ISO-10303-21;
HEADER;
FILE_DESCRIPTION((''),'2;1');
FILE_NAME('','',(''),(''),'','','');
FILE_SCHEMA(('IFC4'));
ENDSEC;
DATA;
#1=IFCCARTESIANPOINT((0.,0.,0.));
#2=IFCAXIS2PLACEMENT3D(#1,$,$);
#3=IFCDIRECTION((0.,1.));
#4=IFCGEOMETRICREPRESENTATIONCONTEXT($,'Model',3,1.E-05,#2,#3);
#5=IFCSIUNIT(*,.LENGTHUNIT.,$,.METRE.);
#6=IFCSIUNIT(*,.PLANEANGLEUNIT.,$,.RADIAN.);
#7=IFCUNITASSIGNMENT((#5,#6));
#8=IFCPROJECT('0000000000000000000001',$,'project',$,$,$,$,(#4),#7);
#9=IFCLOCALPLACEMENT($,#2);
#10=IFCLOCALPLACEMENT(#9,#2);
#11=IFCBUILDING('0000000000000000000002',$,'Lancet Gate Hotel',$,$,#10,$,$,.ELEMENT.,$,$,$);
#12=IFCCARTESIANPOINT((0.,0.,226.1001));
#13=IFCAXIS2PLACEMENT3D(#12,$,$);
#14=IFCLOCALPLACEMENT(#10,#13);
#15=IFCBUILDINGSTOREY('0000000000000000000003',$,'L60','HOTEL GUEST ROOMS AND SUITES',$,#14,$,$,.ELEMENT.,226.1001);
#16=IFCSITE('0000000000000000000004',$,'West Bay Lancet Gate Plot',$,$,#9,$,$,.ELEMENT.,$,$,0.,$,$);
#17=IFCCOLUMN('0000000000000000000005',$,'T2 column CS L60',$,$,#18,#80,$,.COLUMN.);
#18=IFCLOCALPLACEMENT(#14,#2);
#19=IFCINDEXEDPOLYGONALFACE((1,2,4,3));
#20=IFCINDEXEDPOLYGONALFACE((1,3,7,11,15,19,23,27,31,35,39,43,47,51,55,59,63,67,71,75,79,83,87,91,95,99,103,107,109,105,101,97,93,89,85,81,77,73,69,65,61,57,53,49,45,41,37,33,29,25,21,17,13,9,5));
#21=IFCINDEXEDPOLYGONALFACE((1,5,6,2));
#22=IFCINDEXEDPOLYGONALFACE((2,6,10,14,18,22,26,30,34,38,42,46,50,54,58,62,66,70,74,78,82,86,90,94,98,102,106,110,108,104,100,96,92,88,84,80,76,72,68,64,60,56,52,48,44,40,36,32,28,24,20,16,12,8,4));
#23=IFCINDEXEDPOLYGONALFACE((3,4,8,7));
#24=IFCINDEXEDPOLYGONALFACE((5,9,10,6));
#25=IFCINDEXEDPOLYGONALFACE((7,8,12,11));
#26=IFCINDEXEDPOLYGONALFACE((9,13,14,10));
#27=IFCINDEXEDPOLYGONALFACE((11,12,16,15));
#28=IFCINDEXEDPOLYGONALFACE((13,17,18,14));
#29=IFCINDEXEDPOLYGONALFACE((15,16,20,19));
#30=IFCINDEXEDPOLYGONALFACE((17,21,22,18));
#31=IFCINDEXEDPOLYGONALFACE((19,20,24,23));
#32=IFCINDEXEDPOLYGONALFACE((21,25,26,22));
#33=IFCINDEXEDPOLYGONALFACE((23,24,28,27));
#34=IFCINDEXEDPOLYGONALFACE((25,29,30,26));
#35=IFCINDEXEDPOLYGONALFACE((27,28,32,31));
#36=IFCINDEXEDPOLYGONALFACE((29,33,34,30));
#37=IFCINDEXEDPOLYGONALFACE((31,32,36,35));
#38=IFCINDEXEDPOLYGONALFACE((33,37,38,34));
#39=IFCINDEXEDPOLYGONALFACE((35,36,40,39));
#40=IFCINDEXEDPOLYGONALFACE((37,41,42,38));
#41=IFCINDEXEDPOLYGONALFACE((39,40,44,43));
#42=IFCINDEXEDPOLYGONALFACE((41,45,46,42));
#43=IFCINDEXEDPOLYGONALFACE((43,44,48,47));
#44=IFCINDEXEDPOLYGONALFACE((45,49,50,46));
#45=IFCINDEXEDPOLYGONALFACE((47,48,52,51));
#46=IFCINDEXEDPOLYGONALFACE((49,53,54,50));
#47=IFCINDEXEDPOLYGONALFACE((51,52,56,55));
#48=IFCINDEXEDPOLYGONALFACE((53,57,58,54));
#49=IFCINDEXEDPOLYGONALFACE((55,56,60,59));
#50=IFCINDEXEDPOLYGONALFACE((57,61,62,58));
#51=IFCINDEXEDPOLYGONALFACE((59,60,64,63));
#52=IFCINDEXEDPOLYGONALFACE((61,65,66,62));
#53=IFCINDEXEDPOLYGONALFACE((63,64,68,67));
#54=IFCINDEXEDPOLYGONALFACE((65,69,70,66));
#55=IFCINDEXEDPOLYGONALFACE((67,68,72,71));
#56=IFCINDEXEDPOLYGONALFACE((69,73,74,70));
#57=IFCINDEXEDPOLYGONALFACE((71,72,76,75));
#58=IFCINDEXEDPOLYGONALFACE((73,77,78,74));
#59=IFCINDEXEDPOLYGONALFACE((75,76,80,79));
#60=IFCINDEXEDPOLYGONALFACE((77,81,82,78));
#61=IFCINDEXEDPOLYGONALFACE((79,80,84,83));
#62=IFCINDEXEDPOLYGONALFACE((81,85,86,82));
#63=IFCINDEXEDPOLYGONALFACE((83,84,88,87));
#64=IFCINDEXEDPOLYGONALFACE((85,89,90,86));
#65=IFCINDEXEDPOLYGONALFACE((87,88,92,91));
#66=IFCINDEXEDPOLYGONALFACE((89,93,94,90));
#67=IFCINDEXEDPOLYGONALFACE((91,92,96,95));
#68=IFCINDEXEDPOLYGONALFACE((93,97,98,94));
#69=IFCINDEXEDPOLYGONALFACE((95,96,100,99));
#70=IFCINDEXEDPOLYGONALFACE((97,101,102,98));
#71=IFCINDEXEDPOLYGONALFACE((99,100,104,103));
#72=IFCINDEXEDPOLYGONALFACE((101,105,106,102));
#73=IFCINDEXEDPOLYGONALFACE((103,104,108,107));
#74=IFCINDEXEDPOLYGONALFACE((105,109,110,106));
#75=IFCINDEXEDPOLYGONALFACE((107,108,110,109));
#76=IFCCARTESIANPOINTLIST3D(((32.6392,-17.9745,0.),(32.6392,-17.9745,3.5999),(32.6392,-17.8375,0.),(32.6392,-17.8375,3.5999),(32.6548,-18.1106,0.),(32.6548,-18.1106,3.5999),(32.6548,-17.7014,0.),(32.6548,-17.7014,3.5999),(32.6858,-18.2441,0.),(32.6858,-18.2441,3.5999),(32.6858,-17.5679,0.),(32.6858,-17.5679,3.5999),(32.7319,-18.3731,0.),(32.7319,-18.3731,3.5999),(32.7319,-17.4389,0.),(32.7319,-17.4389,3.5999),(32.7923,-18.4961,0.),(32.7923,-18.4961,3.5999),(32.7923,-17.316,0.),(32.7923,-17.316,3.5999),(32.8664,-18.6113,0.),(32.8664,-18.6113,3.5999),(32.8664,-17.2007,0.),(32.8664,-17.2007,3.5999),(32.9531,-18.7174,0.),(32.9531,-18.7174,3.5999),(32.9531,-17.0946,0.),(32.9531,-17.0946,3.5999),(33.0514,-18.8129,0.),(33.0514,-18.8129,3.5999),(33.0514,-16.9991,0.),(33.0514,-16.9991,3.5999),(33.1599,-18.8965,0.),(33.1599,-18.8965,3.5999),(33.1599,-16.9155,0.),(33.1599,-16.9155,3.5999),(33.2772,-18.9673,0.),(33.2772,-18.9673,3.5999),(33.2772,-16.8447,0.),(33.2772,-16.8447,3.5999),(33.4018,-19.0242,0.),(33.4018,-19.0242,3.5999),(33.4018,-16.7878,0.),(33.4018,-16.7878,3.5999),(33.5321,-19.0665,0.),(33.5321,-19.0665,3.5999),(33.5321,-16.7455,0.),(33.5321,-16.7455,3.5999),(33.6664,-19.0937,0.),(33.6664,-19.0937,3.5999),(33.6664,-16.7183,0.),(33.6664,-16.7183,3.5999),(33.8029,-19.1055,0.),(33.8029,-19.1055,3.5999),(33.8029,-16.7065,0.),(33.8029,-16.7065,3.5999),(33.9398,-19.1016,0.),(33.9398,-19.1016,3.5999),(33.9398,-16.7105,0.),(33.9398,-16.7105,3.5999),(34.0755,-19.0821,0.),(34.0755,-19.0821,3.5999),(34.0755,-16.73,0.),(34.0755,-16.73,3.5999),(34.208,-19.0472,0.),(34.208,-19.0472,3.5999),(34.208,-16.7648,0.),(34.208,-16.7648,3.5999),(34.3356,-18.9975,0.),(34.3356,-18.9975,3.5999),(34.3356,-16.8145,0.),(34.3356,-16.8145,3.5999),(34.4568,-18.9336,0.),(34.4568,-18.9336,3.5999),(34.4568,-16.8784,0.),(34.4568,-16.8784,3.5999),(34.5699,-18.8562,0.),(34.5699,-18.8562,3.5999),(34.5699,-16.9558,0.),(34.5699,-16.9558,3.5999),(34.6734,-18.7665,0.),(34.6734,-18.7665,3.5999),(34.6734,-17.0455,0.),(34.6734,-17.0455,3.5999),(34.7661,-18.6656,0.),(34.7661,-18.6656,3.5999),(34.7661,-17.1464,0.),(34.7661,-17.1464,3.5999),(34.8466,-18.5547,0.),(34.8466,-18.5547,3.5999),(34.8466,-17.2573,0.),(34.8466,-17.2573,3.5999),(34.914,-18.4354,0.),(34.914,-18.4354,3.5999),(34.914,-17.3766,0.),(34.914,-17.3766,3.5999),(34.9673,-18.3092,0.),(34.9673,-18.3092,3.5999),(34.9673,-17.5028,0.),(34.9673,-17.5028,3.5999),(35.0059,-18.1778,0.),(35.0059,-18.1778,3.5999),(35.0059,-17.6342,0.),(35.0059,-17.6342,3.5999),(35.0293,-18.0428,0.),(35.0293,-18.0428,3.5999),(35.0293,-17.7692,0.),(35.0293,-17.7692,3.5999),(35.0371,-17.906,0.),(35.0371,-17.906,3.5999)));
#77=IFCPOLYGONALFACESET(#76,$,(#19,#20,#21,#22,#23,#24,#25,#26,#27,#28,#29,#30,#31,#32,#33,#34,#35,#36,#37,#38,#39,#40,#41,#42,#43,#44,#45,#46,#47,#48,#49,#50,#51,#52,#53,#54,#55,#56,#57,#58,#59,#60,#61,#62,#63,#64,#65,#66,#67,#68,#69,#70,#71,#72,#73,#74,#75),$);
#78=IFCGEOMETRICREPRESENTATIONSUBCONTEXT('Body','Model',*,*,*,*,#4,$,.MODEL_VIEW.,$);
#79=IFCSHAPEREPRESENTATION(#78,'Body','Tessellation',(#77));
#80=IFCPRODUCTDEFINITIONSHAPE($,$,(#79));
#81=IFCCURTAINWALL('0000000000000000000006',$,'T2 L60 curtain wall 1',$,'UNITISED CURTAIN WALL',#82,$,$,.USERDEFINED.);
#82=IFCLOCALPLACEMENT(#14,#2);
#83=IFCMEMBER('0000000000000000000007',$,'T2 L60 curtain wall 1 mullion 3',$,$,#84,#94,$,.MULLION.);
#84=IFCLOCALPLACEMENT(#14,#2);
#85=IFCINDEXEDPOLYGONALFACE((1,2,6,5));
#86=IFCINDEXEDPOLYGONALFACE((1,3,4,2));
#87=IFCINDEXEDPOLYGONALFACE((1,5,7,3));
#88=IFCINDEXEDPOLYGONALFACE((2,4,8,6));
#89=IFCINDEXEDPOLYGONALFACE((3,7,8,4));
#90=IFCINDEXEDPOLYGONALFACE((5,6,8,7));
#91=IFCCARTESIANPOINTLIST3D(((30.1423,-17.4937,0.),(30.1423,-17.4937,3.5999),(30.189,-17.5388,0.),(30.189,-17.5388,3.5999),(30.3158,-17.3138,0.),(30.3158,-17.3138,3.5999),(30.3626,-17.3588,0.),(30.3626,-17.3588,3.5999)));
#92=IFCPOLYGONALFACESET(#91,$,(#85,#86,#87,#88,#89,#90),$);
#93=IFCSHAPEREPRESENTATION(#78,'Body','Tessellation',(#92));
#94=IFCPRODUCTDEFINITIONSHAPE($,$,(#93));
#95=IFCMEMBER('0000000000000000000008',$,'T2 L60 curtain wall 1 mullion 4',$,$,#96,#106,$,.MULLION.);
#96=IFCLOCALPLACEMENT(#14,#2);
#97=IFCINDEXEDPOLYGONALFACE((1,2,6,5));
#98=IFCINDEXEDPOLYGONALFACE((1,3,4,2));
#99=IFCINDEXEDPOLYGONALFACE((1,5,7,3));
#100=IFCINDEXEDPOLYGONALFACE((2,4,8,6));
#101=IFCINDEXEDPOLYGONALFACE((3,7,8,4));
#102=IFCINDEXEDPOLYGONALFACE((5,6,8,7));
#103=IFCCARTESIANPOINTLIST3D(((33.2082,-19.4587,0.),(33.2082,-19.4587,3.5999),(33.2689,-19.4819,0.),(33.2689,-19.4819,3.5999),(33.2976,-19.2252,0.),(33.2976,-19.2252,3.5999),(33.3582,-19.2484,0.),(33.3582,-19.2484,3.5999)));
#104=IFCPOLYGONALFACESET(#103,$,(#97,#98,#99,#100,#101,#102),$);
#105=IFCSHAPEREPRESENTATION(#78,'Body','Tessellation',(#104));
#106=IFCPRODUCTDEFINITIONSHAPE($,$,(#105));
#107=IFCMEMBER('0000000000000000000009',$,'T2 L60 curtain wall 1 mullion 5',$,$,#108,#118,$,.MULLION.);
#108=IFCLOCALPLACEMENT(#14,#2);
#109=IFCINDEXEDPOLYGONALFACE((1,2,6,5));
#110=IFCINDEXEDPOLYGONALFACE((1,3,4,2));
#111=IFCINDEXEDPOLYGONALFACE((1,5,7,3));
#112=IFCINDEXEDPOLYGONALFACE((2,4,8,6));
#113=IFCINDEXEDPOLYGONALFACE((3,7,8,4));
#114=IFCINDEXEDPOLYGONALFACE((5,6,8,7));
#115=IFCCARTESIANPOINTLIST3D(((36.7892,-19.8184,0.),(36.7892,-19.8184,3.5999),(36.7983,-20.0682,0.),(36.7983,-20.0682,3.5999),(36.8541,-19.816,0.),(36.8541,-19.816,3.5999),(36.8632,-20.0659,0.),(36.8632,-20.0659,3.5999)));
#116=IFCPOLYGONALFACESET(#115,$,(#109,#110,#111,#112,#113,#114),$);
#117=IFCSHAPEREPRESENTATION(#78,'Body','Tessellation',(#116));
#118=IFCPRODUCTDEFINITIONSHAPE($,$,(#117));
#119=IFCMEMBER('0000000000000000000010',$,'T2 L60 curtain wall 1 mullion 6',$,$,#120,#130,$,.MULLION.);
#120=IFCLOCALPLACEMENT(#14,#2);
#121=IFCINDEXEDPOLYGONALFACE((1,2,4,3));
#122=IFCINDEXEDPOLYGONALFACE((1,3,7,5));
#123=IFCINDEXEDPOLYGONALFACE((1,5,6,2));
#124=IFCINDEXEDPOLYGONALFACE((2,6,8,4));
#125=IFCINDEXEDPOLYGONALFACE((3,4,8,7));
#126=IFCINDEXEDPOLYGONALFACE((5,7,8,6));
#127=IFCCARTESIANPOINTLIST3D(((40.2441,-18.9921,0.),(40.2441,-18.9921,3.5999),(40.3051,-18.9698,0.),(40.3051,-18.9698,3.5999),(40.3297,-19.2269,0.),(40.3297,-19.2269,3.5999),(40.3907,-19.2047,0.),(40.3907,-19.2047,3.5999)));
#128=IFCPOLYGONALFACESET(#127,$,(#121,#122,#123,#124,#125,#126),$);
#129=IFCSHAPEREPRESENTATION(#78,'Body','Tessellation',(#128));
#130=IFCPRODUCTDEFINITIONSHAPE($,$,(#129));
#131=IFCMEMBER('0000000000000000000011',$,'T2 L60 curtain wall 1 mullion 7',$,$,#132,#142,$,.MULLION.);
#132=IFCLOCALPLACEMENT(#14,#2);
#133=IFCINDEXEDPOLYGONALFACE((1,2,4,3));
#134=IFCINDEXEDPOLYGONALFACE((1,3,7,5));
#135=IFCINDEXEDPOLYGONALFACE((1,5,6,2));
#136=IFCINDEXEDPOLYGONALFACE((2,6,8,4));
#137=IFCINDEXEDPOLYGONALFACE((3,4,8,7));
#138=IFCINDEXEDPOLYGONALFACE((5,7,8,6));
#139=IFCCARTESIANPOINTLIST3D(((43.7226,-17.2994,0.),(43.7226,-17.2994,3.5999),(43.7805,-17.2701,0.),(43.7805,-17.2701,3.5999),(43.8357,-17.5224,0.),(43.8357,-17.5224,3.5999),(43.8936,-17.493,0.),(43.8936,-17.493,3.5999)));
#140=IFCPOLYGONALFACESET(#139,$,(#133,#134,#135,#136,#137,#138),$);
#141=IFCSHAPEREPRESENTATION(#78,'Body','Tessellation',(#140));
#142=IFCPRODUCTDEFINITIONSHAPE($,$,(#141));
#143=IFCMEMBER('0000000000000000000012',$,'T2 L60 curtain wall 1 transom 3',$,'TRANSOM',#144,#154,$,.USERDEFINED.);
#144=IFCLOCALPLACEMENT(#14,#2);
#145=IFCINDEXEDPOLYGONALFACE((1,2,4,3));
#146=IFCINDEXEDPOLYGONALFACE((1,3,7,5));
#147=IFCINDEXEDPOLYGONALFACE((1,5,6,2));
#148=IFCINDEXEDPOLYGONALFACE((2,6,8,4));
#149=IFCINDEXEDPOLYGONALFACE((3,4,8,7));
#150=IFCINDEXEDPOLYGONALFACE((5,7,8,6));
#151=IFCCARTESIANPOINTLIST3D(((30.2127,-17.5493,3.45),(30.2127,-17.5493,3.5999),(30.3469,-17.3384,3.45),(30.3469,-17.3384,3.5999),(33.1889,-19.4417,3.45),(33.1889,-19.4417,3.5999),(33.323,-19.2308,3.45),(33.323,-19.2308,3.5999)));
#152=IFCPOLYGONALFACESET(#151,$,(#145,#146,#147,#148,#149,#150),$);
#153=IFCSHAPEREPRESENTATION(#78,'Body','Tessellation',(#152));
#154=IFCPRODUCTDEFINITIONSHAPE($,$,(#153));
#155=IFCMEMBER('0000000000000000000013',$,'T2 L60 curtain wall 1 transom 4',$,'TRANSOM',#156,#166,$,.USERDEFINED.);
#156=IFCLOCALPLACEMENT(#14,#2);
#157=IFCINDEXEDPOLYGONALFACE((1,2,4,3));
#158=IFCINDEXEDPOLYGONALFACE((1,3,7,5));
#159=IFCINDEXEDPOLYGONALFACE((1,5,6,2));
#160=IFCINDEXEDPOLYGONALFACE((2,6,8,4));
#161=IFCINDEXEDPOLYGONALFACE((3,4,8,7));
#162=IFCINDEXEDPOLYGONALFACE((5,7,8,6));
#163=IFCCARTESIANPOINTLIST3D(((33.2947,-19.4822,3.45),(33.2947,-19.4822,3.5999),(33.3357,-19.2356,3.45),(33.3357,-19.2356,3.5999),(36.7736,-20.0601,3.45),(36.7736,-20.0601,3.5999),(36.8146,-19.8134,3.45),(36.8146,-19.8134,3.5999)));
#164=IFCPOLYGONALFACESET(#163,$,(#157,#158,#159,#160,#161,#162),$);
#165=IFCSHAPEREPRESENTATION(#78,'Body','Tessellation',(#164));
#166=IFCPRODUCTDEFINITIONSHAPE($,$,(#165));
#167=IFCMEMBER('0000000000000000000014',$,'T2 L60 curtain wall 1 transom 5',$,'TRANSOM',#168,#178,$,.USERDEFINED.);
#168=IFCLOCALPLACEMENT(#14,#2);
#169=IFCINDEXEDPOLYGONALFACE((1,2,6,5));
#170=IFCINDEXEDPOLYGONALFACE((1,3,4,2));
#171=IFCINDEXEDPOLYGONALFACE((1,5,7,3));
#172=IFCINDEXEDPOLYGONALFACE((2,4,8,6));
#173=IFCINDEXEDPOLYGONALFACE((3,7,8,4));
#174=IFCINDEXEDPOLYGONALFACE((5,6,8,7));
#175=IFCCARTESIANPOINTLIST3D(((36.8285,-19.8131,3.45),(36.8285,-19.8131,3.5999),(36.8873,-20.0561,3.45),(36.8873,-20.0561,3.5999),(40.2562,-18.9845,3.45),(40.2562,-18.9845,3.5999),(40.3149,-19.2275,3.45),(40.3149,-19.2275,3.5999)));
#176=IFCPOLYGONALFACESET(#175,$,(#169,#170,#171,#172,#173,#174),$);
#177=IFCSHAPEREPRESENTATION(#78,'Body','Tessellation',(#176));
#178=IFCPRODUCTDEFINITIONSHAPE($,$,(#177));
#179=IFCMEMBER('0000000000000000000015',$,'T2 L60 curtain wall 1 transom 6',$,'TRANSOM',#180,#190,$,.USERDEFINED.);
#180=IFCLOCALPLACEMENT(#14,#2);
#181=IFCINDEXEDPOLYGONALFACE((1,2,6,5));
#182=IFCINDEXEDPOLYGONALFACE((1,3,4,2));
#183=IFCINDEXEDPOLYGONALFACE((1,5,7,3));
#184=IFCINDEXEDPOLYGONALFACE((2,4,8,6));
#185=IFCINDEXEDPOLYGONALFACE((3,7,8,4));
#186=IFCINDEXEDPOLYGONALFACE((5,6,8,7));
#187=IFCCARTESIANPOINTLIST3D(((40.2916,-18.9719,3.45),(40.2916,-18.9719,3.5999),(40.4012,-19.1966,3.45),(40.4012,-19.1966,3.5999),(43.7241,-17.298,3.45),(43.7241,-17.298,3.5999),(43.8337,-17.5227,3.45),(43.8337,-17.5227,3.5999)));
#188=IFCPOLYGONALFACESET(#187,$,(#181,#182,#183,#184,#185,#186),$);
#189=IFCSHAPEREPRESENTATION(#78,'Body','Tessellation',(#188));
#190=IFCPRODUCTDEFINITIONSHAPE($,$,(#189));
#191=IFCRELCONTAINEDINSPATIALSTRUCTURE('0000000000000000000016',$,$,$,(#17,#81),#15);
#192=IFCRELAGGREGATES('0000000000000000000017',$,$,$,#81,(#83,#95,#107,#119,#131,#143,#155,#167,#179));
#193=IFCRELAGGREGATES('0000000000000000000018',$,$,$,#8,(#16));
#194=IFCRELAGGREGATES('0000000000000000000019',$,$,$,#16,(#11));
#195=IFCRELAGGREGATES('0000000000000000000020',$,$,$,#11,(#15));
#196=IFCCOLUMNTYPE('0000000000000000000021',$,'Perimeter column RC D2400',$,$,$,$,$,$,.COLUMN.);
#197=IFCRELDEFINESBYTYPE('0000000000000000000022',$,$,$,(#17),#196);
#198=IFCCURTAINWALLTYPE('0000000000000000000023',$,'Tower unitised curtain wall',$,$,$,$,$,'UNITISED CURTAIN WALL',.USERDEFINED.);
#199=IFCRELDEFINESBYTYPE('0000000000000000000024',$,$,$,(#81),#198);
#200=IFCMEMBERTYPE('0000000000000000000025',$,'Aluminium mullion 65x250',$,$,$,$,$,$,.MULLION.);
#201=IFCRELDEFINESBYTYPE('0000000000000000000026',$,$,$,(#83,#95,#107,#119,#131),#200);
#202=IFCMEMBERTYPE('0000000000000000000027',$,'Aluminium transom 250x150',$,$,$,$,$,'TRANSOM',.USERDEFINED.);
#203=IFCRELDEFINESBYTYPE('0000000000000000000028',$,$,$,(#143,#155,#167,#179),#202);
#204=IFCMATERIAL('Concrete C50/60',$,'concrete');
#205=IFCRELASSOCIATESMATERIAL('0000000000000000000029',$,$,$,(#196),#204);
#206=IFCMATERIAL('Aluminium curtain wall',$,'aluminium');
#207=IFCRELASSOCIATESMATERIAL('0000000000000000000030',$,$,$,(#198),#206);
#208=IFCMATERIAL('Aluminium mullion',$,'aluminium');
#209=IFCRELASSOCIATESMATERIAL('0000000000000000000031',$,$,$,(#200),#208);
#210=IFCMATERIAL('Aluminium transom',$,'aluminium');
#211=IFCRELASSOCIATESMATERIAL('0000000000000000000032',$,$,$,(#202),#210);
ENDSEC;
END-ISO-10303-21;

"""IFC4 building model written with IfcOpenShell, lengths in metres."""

from ifc_helpers import new_model, si_unit, direction, frame, origin, origin_2d, place, context, subcontext, project, spatial, rectangle, circle, extrude, material, material_profile, profile_set, type_object, element, aggregate, save


model = new_model("IFC4")

# Units and contexts
model_context = context("Model", 3, precision=1e-05, world=origin(), true_north=direction((0.0, 1.0)))
body_context = subcontext(model_context, "Body", "Model", "MODEL_VIEW")
ifc_project = project(units=[si_unit("LENGTHUNIT", "METRE"), si_unit("PLANEANGLEUNIT", "RADIAN")], contexts=[model_context])

# Site, building, storey
site_placement = place(None, origin())
site = spatial("IfcSite", under=ifc_project, at=site_placement, Name="West Bay Lancet Gate Plot", CompositionType="ELEMENT", RefElevation=0.0)
building_placement = place(site_placement, origin())
building = spatial("IfcBuilding", under=site, at=building_placement, Name="Lancet Gate Hotel", CompositionType="ELEMENT")
storey_placement = place(building_placement, frame((0.0, 0.0, 226.1001)))
storey = spatial("IfcBuildingStorey", under=building, at=storey_placement, Name="L60", Description="HOTEL GUEST ROOMS AND SUITES", CompositionType="ELEMENT", Elevation=226.1001)

# Column
ifc_material_1 = material(Name="Concrete C50/60", Category="concrete")
ifc_material_profile_1 = material_profile(ifc_material_1, circle(Radius=1.2, at=origin_2d()), Name="RC D2400")
ifc_profile_set_1 = profile_set([ifc_material_profile_1], Name="Concrete C50/60")
column_type = type_object("IfcColumnType", Name="Perimeter column RC D2400", PredefinedType="COLUMN", material=ifc_profile_set_1)
column_placement = place(storey_placement, frame((33.8372, -17.906, 0.0), z_axis=(0.0, 0.0, 1.0), x_axis=(1.0, 0.0, 0.0)))
element("IfcColumn", 1, at=column_placement, inside=storey, type_object=column_type, Name="T2 column CS L60", PredefinedType="COLUMN", context=body_context, shape_type="SweptSolid", body=[
    extrude(circle(Radius=1.2, at=origin_2d()), origin(), (0.0, 0.0, 1.0), 3.5999),
])

# Curtain wall, members
ifc_material_2 = material(Name="Aluminium curtain wall", Category="aluminium")
curtain_wall_type = type_object("IfcCurtainWallType", Name="Tower unitised curtain wall", ElementType="UNITISED CURTAIN WALL", PredefinedType="USERDEFINED", material=ifc_material_2)
curtain_wall_placement = place(storey_placement, origin())
curtain_wall = element("IfcCurtainWall", 2, at=curtain_wall_placement, inside=storey, type_object=curtain_wall_type, Name="T2 L60 curtain wall 1", ObjectType="UNITISED CURTAIN WALL", PredefinedType="USERDEFINED")
ifc_material_3 = material(Name="Aluminium mullion", Category="aluminium")
ifc_material_profile_2 = material_profile(ifc_material_3, rectangle(XDim=0.0649, YDim=0.25, at=origin_2d()), Name="MULLION 65x250")
ifc_profile_set_2 = profile_set([ifc_material_profile_2], Name="Aluminium mullion")
member_type_1 = type_object("IfcMemberType", Name="Aluminium mullion 65x250", PredefinedType="MULLION", material=ifc_profile_set_2)
member_1_placement = place(storey_placement, frame((30.2524, -17.4263, 0.0), z_axis=(0.0, 0.0, 1.0), x_axis=(0.719809, -0.694172, 0.0)))
member_1 = element("IfcMember", 3, at=member_1_placement, type_object=member_type_1, Name="T2 L60 curtain wall 1 mullion 3", PredefinedType="MULLION", context=body_context, shape_type="SweptSolid", body=[
    extrude(rectangle(XDim=0.0649, YDim=0.25, at=origin_2d()), origin(), (0.0, 0.0, 1.0), 3.5999),
])
member_2_placement = place(storey_placement, frame((33.2832, -19.3535, 0.0), z_axis=(0.0, 0.0, 1.0), x_axis=(0.933943, -0.357421, 0.0)))
member_2 = element("IfcMember", 4, at=member_2_placement, type_object=member_type_1, Name="T2 L60 curtain wall 1 mullion 4", PredefinedType="MULLION", context=body_context, shape_type="SweptSolid", body=[
    extrude(rectangle(XDim=0.0649, YDim=0.25, at=origin_2d()), origin(), (0.0, 0.0, 1.0), 3.5999),
])
member_3_placement = place(storey_placement, frame((36.8262, -19.9421, 0.0), z_axis=(0.0, 0.0, 1.0), x_axis=(0.999343, 0.03625, 0.0)))
member_3 = element("IfcMember", 5, at=member_3_placement, type_object=member_type_1, Name="T2 L60 curtain wall 1 mullion 5", PredefinedType="MULLION", context=body_context, shape_type="SweptSolid", body=[
    extrude(rectangle(XDim=0.0649, YDim=0.25, at=origin_2d()), origin(), (0.0, 0.0, 1.0), 3.5999),
])
member_4_placement = place(storey_placement, frame((40.3174, -19.0984, 0.0), z_axis=(0.0, 0.0, 1.0), x_axis=(0.939484, 0.342593, 0.0)))
member_4 = element("IfcMember", 6, at=member_4_placement, type_object=member_type_1, Name="T2 L60 curtain wall 1 mullion 6", PredefinedType="MULLION", context=body_context, shape_type="SweptSolid", body=[
    extrude(rectangle(XDim=0.0649, YDim=0.25, at=origin_2d()), origin(), (0.0, 0.0, 1.0), 3.5999),
])
member_5_placement = place(storey_placement, frame((43.8081, -17.3962, 0.0), z_axis=(0.0, 0.0, 1.0), x_axis=(0.891833, 0.452365, 0.0)))
member_5 = element("IfcMember", 7, at=member_5_placement, type_object=member_type_1, Name="T2 L60 curtain wall 1 mullion 7", PredefinedType="MULLION", context=body_context, shape_type="SweptSolid", body=[
    extrude(rectangle(XDim=0.0649, YDim=0.25, at=origin_2d()), origin(), (0.0, 0.0, 1.0), 3.5999),
])
ifc_material_4 = material(Name="Aluminium transom", Category="aluminium")
ifc_material_profile_3 = material_profile(ifc_material_4, rectangle(XDim=0.25, YDim=0.1499, at=origin_2d()), Name="TRANSOM 250x150")
ifc_profile_set_3 = profile_set([ifc_material_profile_3], Name="Aluminium transom")
member_type_2 = type_object("IfcMemberType", Name="Aluminium transom 250x150", ElementType="TRANSOM", PredefinedType="USERDEFINED", material=ifc_profile_set_3)
member_6_placement = place(storey_placement, frame((30.2798, -17.4438, 3.5249), z_axis=(0.843858, -0.536566, 0.0), x_axis=(0.536566, 0.843858, 0.0)))
member_6 = element("IfcMember", 8, at=member_6_placement, type_object=member_type_2, Name="T2 L60 curtain wall 1 transom 3", ObjectType="TRANSOM", PredefinedType="USERDEFINED", context=body_context, shape_type="SweptSolid", body=[
    extrude(rectangle(XDim=0.25, YDim=0.1499, at=origin_2d()), origin(), (0.0, 0.0, 1.0), 3.5269),
])
member_7_placement = place(storey_placement, frame((33.3152, -19.3589, 3.5249), z_axis=(0.986484, -0.16386, 0.0), x_axis=(0.16386, 0.986484, 0.0)))
member_7 = element("IfcMember", 9, at=member_7_placement, type_object=member_type_2, Name="T2 L60 curtain wall 1 transom 4", ObjectType="TRANSOM", PredefinedType="USERDEFINED", context=body_context, shape_type="SweptSolid", body=[
    extrude(rectangle(XDim=0.25, YDim=0.1499, at=origin_2d()), origin(), (0.0, 0.0, 1.0), 3.5266),
])
member_8_placement = place(storey_placement, frame((36.8579, -19.9346, 3.5249), z_axis=(0.972003, 0.23497, 0.0), x_axis=(-0.23497, 0.972003, 0.0)))
member_8 = element("IfcMember", 10, at=member_8_placement, type_object=member_type_2, Name="T2 L60 curtain wall 1 transom 5", ObjectType="TRANSOM", PredefinedType="USERDEFINED", context=body_context, shape_type="SweptSolid", body=[
    extrude(rectangle(XDim=0.25, YDim=0.1499, at=origin_2d()), origin(), (0.0, 0.0, 1.0), 3.5264),
])
member_9_placement = place(storey_placement, frame((40.3464, -19.0842, 3.5249), z_axis=(0.89882, 0.438318, 0.0), x_axis=(-0.438318, 0.89882, 0.0)))
member_9 = element("IfcMember", 11, at=member_9_placement, type_object=member_type_2, Name="T2 L60 curtain wall 1 transom 6", ObjectType="TRANSOM", PredefinedType="USERDEFINED", context=body_context, shape_type="SweptSolid", body=[
    extrude(rectangle(XDim=0.25, YDim=0.1499, at=origin_2d()), origin(), (0.0, 0.0, 1.0), 3.8188),
])

aggregate(curtain_wall, [member_1, member_2, member_3, member_4, member_5, member_6, member_7, member_8, member_9])

save(model, "model.ifc")
